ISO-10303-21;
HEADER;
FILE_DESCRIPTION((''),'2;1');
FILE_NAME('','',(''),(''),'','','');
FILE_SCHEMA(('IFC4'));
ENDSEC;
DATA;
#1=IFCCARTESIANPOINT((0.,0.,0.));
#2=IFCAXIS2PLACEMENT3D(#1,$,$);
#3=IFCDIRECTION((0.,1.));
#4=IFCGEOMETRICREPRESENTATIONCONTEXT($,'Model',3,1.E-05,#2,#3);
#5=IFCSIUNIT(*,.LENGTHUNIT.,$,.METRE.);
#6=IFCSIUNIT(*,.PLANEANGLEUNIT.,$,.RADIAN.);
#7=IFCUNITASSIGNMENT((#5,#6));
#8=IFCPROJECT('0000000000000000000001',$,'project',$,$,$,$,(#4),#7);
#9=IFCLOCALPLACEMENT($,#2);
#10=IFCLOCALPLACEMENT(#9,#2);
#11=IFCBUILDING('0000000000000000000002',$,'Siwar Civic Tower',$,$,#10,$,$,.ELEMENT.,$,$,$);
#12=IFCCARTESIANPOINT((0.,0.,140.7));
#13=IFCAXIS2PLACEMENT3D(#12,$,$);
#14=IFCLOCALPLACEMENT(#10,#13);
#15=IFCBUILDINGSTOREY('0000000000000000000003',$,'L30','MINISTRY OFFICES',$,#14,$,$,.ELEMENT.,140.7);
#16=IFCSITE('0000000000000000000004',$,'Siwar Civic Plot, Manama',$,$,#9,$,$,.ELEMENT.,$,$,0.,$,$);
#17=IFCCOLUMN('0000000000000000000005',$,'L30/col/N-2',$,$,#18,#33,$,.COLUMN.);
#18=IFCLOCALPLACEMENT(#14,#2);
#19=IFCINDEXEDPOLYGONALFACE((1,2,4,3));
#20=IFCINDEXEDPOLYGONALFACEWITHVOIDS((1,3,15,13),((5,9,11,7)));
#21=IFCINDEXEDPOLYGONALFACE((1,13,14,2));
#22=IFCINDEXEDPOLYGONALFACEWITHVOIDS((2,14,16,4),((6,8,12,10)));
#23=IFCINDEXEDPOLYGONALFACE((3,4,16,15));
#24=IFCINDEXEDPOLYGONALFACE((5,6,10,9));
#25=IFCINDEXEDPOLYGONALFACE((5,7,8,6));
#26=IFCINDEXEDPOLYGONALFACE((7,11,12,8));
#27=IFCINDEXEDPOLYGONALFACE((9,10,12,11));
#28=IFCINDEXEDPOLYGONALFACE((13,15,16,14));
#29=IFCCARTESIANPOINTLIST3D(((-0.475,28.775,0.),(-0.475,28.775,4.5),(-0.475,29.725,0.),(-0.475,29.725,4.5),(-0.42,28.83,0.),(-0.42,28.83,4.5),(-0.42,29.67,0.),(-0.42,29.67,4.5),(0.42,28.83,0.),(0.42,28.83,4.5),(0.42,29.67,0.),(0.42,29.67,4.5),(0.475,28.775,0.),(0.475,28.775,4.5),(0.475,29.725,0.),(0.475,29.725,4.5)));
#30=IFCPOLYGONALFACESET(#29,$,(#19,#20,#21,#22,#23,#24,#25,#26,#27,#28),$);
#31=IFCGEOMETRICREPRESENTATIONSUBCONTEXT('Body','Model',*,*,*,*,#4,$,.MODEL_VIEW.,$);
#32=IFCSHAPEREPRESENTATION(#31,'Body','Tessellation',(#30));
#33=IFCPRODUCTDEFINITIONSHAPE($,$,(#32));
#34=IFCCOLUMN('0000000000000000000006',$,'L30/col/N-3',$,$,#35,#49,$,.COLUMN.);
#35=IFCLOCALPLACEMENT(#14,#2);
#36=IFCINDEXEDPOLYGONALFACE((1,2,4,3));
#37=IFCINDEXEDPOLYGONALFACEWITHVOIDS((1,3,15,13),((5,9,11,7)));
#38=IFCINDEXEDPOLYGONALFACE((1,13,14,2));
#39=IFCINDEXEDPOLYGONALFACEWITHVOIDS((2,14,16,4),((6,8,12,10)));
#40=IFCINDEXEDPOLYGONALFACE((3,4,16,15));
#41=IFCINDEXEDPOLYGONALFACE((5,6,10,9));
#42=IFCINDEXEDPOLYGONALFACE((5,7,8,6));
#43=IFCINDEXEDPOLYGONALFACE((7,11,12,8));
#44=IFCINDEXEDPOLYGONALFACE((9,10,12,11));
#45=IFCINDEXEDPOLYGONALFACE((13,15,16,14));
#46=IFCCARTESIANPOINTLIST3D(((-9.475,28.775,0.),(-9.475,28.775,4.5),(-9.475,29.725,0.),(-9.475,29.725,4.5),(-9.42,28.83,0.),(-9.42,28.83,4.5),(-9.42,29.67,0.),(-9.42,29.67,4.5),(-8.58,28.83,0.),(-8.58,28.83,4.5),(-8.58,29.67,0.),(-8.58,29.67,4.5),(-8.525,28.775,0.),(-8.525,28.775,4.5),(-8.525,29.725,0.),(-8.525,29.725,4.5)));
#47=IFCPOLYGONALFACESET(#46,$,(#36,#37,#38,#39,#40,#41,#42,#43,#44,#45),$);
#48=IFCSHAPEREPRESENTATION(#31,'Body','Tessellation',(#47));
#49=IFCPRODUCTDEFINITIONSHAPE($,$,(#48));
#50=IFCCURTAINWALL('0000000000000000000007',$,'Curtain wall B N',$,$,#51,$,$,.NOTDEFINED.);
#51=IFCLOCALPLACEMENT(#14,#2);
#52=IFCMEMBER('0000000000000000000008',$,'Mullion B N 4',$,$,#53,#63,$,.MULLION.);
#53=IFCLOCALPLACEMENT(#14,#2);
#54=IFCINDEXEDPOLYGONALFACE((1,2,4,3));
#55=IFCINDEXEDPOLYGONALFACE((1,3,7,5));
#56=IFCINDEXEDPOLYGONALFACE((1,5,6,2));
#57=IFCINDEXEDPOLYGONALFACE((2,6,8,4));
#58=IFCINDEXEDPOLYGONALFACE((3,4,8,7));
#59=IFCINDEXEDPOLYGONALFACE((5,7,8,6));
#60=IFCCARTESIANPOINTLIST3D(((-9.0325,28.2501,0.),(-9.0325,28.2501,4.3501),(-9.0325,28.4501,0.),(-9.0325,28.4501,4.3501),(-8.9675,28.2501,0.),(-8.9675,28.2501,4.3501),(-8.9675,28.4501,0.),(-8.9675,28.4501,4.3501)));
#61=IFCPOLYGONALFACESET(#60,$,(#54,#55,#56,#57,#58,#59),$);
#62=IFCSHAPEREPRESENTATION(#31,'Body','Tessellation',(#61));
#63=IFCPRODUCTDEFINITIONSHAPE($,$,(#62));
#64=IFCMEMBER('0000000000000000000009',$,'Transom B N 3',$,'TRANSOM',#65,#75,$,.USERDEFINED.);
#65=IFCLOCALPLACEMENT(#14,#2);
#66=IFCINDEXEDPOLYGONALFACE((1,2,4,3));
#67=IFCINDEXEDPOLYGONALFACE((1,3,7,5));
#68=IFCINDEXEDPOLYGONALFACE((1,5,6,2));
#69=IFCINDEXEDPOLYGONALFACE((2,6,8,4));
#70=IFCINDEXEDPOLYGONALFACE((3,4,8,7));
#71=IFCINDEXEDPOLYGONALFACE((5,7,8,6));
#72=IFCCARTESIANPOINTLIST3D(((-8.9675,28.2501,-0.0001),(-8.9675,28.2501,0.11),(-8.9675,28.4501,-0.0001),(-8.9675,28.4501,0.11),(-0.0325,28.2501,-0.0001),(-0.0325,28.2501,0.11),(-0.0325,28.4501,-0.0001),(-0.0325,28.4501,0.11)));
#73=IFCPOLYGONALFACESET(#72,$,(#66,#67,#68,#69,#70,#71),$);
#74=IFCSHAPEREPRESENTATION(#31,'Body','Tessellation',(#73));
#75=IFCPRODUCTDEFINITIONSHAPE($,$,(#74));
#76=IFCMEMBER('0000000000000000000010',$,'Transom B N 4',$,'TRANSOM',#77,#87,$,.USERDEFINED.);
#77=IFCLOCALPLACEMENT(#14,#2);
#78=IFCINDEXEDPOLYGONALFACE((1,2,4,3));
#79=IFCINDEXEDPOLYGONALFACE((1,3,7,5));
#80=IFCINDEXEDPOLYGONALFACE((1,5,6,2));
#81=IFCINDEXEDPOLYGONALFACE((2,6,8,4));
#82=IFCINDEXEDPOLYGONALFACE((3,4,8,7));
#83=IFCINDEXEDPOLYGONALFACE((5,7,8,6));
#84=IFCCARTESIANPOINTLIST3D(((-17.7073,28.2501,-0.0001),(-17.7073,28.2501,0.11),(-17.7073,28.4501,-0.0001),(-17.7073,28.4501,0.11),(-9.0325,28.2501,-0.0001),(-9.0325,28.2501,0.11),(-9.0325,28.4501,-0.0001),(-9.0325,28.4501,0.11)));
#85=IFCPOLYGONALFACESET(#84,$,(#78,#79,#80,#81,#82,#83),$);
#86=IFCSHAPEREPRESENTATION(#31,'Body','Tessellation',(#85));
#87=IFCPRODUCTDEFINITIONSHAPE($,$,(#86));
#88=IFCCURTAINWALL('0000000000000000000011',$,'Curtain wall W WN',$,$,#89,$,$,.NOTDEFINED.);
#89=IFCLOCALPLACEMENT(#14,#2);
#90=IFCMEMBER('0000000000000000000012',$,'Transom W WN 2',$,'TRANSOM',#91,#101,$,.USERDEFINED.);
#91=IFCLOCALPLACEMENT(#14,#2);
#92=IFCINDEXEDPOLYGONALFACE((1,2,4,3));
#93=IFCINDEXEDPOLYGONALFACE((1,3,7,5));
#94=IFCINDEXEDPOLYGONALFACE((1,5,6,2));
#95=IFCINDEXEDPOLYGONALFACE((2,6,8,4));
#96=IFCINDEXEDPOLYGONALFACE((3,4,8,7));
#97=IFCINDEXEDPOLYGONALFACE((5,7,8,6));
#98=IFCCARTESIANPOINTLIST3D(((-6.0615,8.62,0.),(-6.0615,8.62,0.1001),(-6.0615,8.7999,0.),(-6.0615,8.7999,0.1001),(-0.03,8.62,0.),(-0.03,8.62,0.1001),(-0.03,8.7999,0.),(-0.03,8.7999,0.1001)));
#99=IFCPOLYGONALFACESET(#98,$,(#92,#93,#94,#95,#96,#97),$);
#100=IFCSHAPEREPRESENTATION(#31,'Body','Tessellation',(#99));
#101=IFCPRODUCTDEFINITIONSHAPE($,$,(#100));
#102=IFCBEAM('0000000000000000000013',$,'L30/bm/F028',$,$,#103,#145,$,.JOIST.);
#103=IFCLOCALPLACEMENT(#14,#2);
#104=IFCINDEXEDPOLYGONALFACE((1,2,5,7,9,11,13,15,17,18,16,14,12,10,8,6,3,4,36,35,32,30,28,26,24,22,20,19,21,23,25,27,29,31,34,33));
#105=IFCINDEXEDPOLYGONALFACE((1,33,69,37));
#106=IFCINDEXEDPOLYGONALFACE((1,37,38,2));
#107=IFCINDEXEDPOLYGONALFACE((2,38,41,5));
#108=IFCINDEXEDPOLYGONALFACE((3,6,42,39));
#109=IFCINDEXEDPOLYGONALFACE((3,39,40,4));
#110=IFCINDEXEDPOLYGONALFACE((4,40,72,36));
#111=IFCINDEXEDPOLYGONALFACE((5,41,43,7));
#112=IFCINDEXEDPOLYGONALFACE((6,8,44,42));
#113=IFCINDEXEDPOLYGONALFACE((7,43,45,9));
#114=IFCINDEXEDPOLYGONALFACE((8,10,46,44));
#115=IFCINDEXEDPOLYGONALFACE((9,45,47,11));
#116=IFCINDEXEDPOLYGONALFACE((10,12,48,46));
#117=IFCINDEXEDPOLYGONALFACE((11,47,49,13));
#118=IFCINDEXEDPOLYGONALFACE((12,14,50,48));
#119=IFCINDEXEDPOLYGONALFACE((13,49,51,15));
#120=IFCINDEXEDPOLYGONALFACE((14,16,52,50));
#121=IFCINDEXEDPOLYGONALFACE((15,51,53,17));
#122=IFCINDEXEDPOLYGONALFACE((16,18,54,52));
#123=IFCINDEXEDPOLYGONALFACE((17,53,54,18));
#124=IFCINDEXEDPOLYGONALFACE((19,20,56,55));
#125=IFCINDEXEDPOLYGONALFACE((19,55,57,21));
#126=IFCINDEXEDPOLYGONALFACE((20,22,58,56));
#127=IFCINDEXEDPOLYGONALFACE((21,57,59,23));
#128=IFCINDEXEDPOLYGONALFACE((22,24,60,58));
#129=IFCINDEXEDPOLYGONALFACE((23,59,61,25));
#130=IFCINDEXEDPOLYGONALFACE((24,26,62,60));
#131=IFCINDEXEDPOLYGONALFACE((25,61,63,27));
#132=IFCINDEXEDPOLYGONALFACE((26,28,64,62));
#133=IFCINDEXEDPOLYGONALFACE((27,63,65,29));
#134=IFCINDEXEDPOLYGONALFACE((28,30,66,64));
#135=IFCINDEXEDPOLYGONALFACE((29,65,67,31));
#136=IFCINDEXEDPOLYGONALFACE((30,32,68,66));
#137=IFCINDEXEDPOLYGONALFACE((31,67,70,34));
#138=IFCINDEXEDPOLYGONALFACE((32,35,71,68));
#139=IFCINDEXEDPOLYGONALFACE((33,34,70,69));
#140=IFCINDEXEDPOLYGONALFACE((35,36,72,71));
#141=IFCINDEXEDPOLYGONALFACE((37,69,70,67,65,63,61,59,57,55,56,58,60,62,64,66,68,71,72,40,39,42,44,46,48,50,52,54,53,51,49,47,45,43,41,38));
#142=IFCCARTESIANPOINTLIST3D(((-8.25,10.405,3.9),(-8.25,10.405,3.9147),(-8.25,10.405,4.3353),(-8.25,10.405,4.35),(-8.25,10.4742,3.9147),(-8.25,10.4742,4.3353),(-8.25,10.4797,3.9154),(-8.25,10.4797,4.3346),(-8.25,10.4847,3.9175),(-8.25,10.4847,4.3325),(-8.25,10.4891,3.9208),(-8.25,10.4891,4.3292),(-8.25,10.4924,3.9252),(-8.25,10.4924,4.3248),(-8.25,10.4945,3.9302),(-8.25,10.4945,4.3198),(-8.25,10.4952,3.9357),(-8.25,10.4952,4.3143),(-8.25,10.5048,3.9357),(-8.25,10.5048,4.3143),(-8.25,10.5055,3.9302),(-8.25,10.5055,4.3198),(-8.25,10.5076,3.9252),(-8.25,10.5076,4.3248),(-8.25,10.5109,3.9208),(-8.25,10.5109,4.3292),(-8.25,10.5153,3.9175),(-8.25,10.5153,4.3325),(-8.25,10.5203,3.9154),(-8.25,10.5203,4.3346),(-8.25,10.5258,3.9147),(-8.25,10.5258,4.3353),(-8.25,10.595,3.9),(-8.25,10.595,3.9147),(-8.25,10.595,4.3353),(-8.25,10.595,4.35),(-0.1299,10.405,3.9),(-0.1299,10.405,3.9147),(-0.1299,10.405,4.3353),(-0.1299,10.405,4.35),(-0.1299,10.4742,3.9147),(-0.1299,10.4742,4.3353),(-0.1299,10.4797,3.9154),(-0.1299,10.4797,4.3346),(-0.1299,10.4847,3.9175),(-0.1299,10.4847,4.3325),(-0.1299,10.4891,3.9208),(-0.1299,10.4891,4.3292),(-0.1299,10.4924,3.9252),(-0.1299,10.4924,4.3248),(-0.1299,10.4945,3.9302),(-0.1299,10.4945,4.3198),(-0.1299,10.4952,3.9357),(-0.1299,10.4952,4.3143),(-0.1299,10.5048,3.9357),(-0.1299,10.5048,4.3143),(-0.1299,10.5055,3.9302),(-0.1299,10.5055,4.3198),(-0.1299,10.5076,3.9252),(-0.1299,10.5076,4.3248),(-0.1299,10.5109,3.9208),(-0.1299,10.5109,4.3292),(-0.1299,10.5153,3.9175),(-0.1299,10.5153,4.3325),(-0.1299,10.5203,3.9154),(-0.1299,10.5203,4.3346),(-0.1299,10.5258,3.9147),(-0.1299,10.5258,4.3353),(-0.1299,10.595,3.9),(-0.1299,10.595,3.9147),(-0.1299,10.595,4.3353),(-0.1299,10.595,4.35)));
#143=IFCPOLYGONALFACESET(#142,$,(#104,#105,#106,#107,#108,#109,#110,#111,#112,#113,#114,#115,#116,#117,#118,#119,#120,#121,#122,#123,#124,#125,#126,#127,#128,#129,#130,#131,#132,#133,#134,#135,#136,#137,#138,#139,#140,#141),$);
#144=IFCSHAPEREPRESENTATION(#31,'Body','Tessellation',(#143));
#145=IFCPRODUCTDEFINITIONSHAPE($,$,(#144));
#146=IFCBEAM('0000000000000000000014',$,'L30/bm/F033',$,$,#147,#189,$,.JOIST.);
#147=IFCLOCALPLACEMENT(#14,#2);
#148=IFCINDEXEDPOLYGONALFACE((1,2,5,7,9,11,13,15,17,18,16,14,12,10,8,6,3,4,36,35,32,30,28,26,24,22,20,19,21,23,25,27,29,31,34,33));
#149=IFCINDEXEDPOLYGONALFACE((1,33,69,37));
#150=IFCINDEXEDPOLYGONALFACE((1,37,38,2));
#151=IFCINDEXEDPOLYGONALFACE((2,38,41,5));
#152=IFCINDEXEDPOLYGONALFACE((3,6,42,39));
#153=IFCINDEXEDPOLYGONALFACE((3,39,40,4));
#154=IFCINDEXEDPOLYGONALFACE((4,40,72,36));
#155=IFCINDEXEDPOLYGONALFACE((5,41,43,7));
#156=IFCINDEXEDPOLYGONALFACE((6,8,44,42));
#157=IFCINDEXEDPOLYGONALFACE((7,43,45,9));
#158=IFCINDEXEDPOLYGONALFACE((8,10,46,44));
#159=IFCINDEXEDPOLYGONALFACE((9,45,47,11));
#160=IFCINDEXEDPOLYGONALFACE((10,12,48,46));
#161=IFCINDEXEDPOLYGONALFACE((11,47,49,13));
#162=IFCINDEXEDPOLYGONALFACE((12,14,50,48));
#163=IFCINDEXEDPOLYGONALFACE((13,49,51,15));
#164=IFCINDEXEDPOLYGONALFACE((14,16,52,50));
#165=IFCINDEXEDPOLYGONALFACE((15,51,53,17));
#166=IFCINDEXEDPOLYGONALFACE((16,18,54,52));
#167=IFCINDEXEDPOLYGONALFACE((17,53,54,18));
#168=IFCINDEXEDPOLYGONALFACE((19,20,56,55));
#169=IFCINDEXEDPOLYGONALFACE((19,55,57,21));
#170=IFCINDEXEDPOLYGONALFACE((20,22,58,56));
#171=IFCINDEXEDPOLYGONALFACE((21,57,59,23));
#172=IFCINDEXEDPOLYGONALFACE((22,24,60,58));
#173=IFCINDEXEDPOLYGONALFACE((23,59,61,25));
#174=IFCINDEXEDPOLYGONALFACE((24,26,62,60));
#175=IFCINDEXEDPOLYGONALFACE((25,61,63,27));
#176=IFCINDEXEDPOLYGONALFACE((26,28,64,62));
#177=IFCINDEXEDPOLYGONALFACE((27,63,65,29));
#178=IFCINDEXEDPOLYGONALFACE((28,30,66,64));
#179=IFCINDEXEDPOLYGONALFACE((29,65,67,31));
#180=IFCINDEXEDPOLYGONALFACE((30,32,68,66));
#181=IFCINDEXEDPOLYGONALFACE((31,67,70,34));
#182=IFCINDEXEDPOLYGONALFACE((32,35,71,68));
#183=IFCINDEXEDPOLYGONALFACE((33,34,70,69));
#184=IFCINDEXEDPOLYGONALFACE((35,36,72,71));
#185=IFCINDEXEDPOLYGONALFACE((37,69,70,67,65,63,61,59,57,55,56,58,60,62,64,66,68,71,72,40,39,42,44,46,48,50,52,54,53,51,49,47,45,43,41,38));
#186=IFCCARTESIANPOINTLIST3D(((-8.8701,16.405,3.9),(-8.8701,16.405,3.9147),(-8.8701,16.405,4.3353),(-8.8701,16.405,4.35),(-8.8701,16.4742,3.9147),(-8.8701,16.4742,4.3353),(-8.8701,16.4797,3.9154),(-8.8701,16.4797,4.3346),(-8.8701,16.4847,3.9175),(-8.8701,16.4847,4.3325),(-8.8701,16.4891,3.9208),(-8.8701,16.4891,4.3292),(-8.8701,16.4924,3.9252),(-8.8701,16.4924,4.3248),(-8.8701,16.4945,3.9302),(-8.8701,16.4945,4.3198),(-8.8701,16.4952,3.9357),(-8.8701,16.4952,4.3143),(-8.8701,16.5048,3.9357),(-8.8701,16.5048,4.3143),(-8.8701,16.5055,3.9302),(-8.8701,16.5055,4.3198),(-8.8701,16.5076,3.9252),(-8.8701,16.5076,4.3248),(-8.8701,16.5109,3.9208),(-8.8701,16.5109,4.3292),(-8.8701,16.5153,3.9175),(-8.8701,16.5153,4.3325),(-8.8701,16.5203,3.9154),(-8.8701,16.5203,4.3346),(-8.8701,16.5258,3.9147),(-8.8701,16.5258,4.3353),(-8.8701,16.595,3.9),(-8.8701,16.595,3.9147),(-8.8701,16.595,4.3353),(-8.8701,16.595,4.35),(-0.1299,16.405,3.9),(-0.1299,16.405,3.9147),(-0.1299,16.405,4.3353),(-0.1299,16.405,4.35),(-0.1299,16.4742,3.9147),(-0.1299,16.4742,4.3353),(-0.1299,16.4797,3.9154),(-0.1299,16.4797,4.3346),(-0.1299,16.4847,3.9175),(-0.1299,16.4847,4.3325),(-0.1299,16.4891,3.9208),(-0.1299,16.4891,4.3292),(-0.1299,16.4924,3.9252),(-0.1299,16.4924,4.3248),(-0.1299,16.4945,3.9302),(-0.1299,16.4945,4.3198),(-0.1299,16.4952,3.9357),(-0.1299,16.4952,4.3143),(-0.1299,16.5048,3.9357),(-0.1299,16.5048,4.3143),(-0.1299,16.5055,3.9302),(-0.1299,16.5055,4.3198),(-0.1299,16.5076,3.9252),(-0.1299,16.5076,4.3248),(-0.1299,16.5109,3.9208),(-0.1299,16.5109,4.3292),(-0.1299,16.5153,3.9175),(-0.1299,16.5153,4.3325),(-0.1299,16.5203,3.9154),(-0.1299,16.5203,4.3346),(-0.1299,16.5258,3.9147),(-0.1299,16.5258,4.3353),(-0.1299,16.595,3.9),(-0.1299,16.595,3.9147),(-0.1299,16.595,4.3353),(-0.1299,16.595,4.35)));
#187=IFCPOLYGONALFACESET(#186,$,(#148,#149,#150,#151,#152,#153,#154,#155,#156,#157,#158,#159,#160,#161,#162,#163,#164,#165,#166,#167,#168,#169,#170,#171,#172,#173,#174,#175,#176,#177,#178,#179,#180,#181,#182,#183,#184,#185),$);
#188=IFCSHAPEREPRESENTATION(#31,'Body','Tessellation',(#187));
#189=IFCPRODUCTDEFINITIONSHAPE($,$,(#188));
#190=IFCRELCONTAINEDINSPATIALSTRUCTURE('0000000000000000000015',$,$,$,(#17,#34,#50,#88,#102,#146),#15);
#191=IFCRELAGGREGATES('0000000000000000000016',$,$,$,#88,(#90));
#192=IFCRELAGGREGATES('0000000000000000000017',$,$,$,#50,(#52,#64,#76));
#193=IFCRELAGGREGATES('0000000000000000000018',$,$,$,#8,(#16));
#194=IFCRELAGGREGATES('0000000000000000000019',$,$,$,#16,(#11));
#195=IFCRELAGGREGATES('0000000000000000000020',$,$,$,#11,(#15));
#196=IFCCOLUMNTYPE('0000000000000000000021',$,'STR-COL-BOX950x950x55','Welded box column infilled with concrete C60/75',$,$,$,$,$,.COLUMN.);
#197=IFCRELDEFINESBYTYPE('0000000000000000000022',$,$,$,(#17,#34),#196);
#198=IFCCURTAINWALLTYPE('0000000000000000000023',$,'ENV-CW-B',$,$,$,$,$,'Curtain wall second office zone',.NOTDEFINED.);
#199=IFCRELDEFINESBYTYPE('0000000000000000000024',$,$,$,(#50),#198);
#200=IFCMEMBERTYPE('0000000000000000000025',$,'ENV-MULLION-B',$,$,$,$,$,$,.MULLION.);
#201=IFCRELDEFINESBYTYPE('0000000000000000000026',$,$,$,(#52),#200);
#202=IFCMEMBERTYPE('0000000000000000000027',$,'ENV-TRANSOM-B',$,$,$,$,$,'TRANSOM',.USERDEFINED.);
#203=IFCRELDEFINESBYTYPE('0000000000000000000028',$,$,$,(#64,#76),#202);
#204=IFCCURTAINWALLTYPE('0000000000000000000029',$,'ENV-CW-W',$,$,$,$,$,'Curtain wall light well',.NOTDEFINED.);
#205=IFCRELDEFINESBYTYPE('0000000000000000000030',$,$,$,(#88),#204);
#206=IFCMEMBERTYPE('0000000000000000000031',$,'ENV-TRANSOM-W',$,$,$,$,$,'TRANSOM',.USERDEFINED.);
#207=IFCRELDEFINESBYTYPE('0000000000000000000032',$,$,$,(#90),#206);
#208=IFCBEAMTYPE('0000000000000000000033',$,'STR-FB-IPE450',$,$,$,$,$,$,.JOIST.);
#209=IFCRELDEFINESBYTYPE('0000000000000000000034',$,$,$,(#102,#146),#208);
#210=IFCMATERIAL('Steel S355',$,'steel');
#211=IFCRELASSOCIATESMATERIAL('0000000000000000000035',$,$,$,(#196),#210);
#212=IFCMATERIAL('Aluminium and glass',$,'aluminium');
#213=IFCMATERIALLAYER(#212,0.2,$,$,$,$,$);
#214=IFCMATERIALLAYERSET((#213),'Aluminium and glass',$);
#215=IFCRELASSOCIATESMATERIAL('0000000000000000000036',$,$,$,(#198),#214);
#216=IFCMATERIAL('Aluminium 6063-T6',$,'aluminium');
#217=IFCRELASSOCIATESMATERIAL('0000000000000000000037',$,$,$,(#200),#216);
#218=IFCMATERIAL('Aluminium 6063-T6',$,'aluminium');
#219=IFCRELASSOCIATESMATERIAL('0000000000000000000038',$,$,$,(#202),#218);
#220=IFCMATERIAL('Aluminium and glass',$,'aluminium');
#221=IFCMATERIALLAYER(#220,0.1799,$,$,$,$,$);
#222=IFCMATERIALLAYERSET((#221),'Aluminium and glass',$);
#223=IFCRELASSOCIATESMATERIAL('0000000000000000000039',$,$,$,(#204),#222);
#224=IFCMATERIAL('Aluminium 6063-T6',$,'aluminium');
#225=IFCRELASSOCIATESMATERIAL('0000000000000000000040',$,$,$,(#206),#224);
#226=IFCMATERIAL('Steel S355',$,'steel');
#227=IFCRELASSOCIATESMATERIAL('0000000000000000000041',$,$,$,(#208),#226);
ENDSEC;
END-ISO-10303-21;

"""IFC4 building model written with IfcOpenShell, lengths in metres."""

from ifc_helpers import new_model, si_unit, direction, frame, origin, origin_2d, place, context, subcontext, project, spatial, rectangle, hollow_rectangle, i_section, extrude, material, layer, layer_set, material_profile, profile_set, type_object, element, aggregate, save


model = new_model("IFC4")

# Units and contexts
model_context = context("Model", 3, precision=1e-05, world=origin(), true_north=direction((0.0, 1.0)))
body_context = subcontext(model_context, "Body", "Model", "MODEL_VIEW")
ifc_project = project(units=[si_unit("LENGTHUNIT", "METRE"), si_unit("PLANEANGLEUNIT", "RADIAN")], contexts=[model_context])

# Site, building, storey
site_placement = place(None, origin())
site = spatial("IfcSite", under=ifc_project, at=site_placement, Name="Siwar Civic Plot, Manama", CompositionType="ELEMENT", RefElevation=0.0)
building_placement = place(site_placement, origin())
building = spatial("IfcBuilding", under=site, at=building_placement, Name="Siwar Civic Tower", CompositionType="ELEMENT")
storey_placement = place(building_placement, frame((0.0, 0.0, 140.7)))
storey = spatial("IfcBuildingStorey", under=building, at=storey_placement, Name="L30", Description="MINISTRY OFFICES", CompositionType="ELEMENT", Elevation=140.7)

# Columns
ifc_material_1 = material(Name="Steel S355", Category="steel")
ifc_material_profile_1 = material_profile(ifc_material_1, hollow_rectangle(XDim=0.95, YDim=0.95, WallThickness=0.0549, at=origin_2d()), Name="BOX950x950x55")
ifc_profile_set_1 = profile_set([ifc_material_profile_1], Name="Steel S355")
column_type = type_object("IfcColumnType", Name="STR-COL-BOX950x950x55", Description="Welded box column infilled with concrete C60/75", PredefinedType="COLUMN", material=ifc_profile_set_1)
for number, where, z_axis, x_axis, name in (
    (1, (0.0, 29.25, 0.0), (0.0, 0.0, 1.0), (1.0, 0.0, 0.0), "L30/col/N-2"),
    (2, (-9.0, 29.25, 0.0), (0.0, 0.0, 1.0), (1.0, 0.0, 0.0), "L30/col/N-3"),
):
    element("IfcColumn", number, at=place(storey_placement, frame(where, z_axis=z_axis, x_axis=x_axis)), inside=storey, type_object=column_type, Name=name, PredefinedType="COLUMN", context=body_context, shape_type="SweptSolid", body=[
        extrude(hollow_rectangle(XDim=0.95, YDim=0.95, WallThickness=0.0549, at=origin_2d()), origin(), (0.0, 0.0, 1.0), 4.5),
    ])

# Curtain wall, members
ifc_material_2 = material(Name="Aluminium and glass", Category="aluminium")
ifc_layer_1 = layer(ifc_material_2, 0.2)
ifc_layer_set_1 = layer_set([ifc_layer_1], Name="Aluminium and glass")
curtain_wall_type_1 = type_object("IfcCurtainWallType", Name="ENV-CW-B", ElementType="Curtain wall second office zone", PredefinedType="NOTDEFINED", material=ifc_layer_set_1)
curtain_wall_1_placement = place(storey_placement, origin())
curtain_wall_1 = element("IfcCurtainWall", 3, at=curtain_wall_1_placement, inside=storey, type_object=curtain_wall_type_1, Name="Curtain wall B N", PredefinedType="NOTDEFINED")
ifc_material_3 = material(Name="Aluminium 6063-T6", Category="aluminium")
ifc_material_profile_2 = material_profile(ifc_material_3, rectangle(XDim=0.2, YDim=0.0649, at=origin_2d()), Name="AL 200x65")
ifc_profile_set_2 = profile_set([ifc_material_profile_2], Name="Aluminium 6063-T6")
member_type_1 = type_object("IfcMemberType", Name="ENV-MULLION-B", PredefinedType="MULLION", material=ifc_profile_set_2)
member_1_placement = place(storey_placement, frame((-9.0, 28.3501, 0.0), z_axis=(0.0, 0.0, 1.0), x_axis=(0.0, -1.0, 0.0)))
member_1 = element("IfcMember", 4, at=member_1_placement, type_object=member_type_1, Name="Mullion B N 4", PredefinedType="MULLION", context=body_context, shape_type="SweptSolid", body=[
    extrude(rectangle(XDim=0.2, YDim=0.0649, at=origin_2d()), origin(), (0.0, 0.0, 1.0), 4.3501),
])
ifc_material_4 = material(Name="Aluminium 6063-T6", Category="aluminium")
ifc_material_profile_3 = material_profile(ifc_material_4, rectangle(XDim=0.2, YDim=0.1101, at=origin_2d()), Name="AL 200x110")
ifc_profile_set_3 = profile_set([ifc_material_profile_3], Name="Aluminium 6063-T6")
member_type_2 = type_object("IfcMemberType", Name="ENV-TRANSOM-B", ElementType="TRANSOM", PredefinedType="USERDEFINED", material=ifc_profile_set_3)
member_2_placement = place(storey_placement, frame((-0.0325, 28.3501, 0.0549), z_axis=(-1.0, 0.0, 0.0), x_axis=(0.0, -1.0, 0.0)))
member_2 = element("IfcMember", 5, at=member_2_placement, type_object=member_type_2, Name="Transom B N 3", ObjectType="TRANSOM", PredefinedType="USERDEFINED", context=body_context, shape_type="SweptSolid", body=[
    extrude(rectangle(XDim=0.2, YDim=0.1101, at=origin_2d()), origin(), (0.0, 0.0, 1.0), 8.9351),
])
member_3_placement = place(storey_placement, frame((-9.0325, 28.3501, 0.0549), z_axis=(-1.0, 0.0, 0.0), x_axis=(0.0, -1.0, 0.0)))
member_3 = element("IfcMember", 6, at=member_3_placement, type_object=member_type_2, Name="Transom B N 4", ObjectType="TRANSOM", PredefinedType="USERDEFINED", context=body_context, shape_type="SweptSolid", body=[
    extrude(rectangle(XDim=0.2, YDim=0.1101, at=origin_2d()), origin(), (0.0, 0.0, 1.0), 8.6748),
])

# Curtain wall, member
ifc_material_5 = material(Name="Aluminium and glass", Category="aluminium")
ifc_layer_2 = layer(ifc_material_5, 0.1799)
ifc_layer_set_2 = layer_set([ifc_layer_2], Name="Aluminium and glass")
curtain_wall_type_2 = type_object("IfcCurtainWallType", Name="ENV-CW-W", ElementType="Curtain wall light well", PredefinedType="NOTDEFINED", material=ifc_layer_set_2)
curtain_wall_2_placement = place(storey_placement, origin())
curtain_wall_2 = element("IfcCurtainWall", 7, at=curtain_wall_2_placement, inside=storey, type_object=curtain_wall_type_2, Name="Curtain wall W WN", PredefinedType="NOTDEFINED")
ifc_material_6 = material(Name="Aluminium 6063-T6", Category="aluminium")
ifc_material_profile_4 = material_profile(ifc_material_6, rectangle(XDim=0.1799, YDim=0.1001, at=origin_2d()), Name="AL 180x100")
ifc_profile_set_4 = profile_set([ifc_material_profile_4], Name="Aluminium 6063-T6")
member_type_3 = type_object("IfcMemberType", Name="ENV-TRANSOM-W", ElementType="TRANSOM", PredefinedType="USERDEFINED", material=ifc_profile_set_4)
member_4_placement = place(storey_placement, frame((-0.03, 8.71, 0.05), z_axis=(-1.0, 0.0, 0.0), x_axis=(0.0, -1.0, 0.0)))
member_4 = element("IfcMember", 8, at=member_4_placement, type_object=member_type_3, Name="Transom W WN 2", ObjectType="TRANSOM", PredefinedType="USERDEFINED", context=body_context, shape_type="SweptSolid", body=[
    extrude(rectangle(XDim=0.1799, YDim=0.1001, at=origin_2d()), origin(), (0.0, 0.0, 1.0), 6.0315),
])
aggregate(curtain_wall_2, [member_4])

# Beams
ifc_material_7 = material(Name="Steel S355", Category="steel")
ifc_material_profile_5 = material_profile(ifc_material_7, i_section(OverallWidth=0.1899, OverallDepth=0.45, WebThickness=0.0095, FlangeThickness=0.0146, FilletRadius=0.021, at=origin_2d()), Name="IPE450")
ifc_profile_set_5 = profile_set([ifc_material_profile_5], Name="Steel S355")
beam_type_1 = type_object("IfcBeamType", Name="STR-FB-IPE450", PredefinedType="JOIST", material=ifc_profile_set_5)
beam_1_placement = place(storey_placement, frame((-8.25, 10.5, 4.125), z_axis=(1.0, 0.0, 0.0), x_axis=(0.0, 1.0, 0.0)))
element("IfcBeam", 9, at=beam_1_placement, inside=storey, type_object=beam_type_1, Name="L30/bm/F028", PredefinedType="JOIST", context=body_context, shape_type="SweptSolid", body=[
    extrude(i_section(OverallWidth=0.1899, OverallDepth=0.45, WebThickness=0.0095, FlangeThickness=0.0146, FilletRadius=0.021, at=origin_2d()), origin(), (0.0, 0.0, 1.0), 8.1201),
])
for number, where, z_axis, x_axis, name in (
    (10, (-8.8701, 16.5, 4.125), (1.0, 0.0, 0.0), (0.0, 1.0, 0.0), "L30/bm/F033"),
):
    element("IfcBeam", number, at=place(storey_placement, frame(where, z_axis=z_axis, x_axis=x_axis)), inside=storey, type_object=beam_type_1, Name=name, PredefinedType="JOIST", context=body_context, shape_type="SweptSolid", body=[
        extrude(i_section(OverallWidth=0.1899, OverallDepth=0.45, WebThickness=0.0095, FlangeThickness=0.0146, FilletRadius=0.021, at=origin_2d()), origin(), (0.0, 0.0, 1.0), 8.7402),
    ])

aggregate(curtain_wall_1, [member_1, member_2, member_3])

save(model, "model.ifc")
